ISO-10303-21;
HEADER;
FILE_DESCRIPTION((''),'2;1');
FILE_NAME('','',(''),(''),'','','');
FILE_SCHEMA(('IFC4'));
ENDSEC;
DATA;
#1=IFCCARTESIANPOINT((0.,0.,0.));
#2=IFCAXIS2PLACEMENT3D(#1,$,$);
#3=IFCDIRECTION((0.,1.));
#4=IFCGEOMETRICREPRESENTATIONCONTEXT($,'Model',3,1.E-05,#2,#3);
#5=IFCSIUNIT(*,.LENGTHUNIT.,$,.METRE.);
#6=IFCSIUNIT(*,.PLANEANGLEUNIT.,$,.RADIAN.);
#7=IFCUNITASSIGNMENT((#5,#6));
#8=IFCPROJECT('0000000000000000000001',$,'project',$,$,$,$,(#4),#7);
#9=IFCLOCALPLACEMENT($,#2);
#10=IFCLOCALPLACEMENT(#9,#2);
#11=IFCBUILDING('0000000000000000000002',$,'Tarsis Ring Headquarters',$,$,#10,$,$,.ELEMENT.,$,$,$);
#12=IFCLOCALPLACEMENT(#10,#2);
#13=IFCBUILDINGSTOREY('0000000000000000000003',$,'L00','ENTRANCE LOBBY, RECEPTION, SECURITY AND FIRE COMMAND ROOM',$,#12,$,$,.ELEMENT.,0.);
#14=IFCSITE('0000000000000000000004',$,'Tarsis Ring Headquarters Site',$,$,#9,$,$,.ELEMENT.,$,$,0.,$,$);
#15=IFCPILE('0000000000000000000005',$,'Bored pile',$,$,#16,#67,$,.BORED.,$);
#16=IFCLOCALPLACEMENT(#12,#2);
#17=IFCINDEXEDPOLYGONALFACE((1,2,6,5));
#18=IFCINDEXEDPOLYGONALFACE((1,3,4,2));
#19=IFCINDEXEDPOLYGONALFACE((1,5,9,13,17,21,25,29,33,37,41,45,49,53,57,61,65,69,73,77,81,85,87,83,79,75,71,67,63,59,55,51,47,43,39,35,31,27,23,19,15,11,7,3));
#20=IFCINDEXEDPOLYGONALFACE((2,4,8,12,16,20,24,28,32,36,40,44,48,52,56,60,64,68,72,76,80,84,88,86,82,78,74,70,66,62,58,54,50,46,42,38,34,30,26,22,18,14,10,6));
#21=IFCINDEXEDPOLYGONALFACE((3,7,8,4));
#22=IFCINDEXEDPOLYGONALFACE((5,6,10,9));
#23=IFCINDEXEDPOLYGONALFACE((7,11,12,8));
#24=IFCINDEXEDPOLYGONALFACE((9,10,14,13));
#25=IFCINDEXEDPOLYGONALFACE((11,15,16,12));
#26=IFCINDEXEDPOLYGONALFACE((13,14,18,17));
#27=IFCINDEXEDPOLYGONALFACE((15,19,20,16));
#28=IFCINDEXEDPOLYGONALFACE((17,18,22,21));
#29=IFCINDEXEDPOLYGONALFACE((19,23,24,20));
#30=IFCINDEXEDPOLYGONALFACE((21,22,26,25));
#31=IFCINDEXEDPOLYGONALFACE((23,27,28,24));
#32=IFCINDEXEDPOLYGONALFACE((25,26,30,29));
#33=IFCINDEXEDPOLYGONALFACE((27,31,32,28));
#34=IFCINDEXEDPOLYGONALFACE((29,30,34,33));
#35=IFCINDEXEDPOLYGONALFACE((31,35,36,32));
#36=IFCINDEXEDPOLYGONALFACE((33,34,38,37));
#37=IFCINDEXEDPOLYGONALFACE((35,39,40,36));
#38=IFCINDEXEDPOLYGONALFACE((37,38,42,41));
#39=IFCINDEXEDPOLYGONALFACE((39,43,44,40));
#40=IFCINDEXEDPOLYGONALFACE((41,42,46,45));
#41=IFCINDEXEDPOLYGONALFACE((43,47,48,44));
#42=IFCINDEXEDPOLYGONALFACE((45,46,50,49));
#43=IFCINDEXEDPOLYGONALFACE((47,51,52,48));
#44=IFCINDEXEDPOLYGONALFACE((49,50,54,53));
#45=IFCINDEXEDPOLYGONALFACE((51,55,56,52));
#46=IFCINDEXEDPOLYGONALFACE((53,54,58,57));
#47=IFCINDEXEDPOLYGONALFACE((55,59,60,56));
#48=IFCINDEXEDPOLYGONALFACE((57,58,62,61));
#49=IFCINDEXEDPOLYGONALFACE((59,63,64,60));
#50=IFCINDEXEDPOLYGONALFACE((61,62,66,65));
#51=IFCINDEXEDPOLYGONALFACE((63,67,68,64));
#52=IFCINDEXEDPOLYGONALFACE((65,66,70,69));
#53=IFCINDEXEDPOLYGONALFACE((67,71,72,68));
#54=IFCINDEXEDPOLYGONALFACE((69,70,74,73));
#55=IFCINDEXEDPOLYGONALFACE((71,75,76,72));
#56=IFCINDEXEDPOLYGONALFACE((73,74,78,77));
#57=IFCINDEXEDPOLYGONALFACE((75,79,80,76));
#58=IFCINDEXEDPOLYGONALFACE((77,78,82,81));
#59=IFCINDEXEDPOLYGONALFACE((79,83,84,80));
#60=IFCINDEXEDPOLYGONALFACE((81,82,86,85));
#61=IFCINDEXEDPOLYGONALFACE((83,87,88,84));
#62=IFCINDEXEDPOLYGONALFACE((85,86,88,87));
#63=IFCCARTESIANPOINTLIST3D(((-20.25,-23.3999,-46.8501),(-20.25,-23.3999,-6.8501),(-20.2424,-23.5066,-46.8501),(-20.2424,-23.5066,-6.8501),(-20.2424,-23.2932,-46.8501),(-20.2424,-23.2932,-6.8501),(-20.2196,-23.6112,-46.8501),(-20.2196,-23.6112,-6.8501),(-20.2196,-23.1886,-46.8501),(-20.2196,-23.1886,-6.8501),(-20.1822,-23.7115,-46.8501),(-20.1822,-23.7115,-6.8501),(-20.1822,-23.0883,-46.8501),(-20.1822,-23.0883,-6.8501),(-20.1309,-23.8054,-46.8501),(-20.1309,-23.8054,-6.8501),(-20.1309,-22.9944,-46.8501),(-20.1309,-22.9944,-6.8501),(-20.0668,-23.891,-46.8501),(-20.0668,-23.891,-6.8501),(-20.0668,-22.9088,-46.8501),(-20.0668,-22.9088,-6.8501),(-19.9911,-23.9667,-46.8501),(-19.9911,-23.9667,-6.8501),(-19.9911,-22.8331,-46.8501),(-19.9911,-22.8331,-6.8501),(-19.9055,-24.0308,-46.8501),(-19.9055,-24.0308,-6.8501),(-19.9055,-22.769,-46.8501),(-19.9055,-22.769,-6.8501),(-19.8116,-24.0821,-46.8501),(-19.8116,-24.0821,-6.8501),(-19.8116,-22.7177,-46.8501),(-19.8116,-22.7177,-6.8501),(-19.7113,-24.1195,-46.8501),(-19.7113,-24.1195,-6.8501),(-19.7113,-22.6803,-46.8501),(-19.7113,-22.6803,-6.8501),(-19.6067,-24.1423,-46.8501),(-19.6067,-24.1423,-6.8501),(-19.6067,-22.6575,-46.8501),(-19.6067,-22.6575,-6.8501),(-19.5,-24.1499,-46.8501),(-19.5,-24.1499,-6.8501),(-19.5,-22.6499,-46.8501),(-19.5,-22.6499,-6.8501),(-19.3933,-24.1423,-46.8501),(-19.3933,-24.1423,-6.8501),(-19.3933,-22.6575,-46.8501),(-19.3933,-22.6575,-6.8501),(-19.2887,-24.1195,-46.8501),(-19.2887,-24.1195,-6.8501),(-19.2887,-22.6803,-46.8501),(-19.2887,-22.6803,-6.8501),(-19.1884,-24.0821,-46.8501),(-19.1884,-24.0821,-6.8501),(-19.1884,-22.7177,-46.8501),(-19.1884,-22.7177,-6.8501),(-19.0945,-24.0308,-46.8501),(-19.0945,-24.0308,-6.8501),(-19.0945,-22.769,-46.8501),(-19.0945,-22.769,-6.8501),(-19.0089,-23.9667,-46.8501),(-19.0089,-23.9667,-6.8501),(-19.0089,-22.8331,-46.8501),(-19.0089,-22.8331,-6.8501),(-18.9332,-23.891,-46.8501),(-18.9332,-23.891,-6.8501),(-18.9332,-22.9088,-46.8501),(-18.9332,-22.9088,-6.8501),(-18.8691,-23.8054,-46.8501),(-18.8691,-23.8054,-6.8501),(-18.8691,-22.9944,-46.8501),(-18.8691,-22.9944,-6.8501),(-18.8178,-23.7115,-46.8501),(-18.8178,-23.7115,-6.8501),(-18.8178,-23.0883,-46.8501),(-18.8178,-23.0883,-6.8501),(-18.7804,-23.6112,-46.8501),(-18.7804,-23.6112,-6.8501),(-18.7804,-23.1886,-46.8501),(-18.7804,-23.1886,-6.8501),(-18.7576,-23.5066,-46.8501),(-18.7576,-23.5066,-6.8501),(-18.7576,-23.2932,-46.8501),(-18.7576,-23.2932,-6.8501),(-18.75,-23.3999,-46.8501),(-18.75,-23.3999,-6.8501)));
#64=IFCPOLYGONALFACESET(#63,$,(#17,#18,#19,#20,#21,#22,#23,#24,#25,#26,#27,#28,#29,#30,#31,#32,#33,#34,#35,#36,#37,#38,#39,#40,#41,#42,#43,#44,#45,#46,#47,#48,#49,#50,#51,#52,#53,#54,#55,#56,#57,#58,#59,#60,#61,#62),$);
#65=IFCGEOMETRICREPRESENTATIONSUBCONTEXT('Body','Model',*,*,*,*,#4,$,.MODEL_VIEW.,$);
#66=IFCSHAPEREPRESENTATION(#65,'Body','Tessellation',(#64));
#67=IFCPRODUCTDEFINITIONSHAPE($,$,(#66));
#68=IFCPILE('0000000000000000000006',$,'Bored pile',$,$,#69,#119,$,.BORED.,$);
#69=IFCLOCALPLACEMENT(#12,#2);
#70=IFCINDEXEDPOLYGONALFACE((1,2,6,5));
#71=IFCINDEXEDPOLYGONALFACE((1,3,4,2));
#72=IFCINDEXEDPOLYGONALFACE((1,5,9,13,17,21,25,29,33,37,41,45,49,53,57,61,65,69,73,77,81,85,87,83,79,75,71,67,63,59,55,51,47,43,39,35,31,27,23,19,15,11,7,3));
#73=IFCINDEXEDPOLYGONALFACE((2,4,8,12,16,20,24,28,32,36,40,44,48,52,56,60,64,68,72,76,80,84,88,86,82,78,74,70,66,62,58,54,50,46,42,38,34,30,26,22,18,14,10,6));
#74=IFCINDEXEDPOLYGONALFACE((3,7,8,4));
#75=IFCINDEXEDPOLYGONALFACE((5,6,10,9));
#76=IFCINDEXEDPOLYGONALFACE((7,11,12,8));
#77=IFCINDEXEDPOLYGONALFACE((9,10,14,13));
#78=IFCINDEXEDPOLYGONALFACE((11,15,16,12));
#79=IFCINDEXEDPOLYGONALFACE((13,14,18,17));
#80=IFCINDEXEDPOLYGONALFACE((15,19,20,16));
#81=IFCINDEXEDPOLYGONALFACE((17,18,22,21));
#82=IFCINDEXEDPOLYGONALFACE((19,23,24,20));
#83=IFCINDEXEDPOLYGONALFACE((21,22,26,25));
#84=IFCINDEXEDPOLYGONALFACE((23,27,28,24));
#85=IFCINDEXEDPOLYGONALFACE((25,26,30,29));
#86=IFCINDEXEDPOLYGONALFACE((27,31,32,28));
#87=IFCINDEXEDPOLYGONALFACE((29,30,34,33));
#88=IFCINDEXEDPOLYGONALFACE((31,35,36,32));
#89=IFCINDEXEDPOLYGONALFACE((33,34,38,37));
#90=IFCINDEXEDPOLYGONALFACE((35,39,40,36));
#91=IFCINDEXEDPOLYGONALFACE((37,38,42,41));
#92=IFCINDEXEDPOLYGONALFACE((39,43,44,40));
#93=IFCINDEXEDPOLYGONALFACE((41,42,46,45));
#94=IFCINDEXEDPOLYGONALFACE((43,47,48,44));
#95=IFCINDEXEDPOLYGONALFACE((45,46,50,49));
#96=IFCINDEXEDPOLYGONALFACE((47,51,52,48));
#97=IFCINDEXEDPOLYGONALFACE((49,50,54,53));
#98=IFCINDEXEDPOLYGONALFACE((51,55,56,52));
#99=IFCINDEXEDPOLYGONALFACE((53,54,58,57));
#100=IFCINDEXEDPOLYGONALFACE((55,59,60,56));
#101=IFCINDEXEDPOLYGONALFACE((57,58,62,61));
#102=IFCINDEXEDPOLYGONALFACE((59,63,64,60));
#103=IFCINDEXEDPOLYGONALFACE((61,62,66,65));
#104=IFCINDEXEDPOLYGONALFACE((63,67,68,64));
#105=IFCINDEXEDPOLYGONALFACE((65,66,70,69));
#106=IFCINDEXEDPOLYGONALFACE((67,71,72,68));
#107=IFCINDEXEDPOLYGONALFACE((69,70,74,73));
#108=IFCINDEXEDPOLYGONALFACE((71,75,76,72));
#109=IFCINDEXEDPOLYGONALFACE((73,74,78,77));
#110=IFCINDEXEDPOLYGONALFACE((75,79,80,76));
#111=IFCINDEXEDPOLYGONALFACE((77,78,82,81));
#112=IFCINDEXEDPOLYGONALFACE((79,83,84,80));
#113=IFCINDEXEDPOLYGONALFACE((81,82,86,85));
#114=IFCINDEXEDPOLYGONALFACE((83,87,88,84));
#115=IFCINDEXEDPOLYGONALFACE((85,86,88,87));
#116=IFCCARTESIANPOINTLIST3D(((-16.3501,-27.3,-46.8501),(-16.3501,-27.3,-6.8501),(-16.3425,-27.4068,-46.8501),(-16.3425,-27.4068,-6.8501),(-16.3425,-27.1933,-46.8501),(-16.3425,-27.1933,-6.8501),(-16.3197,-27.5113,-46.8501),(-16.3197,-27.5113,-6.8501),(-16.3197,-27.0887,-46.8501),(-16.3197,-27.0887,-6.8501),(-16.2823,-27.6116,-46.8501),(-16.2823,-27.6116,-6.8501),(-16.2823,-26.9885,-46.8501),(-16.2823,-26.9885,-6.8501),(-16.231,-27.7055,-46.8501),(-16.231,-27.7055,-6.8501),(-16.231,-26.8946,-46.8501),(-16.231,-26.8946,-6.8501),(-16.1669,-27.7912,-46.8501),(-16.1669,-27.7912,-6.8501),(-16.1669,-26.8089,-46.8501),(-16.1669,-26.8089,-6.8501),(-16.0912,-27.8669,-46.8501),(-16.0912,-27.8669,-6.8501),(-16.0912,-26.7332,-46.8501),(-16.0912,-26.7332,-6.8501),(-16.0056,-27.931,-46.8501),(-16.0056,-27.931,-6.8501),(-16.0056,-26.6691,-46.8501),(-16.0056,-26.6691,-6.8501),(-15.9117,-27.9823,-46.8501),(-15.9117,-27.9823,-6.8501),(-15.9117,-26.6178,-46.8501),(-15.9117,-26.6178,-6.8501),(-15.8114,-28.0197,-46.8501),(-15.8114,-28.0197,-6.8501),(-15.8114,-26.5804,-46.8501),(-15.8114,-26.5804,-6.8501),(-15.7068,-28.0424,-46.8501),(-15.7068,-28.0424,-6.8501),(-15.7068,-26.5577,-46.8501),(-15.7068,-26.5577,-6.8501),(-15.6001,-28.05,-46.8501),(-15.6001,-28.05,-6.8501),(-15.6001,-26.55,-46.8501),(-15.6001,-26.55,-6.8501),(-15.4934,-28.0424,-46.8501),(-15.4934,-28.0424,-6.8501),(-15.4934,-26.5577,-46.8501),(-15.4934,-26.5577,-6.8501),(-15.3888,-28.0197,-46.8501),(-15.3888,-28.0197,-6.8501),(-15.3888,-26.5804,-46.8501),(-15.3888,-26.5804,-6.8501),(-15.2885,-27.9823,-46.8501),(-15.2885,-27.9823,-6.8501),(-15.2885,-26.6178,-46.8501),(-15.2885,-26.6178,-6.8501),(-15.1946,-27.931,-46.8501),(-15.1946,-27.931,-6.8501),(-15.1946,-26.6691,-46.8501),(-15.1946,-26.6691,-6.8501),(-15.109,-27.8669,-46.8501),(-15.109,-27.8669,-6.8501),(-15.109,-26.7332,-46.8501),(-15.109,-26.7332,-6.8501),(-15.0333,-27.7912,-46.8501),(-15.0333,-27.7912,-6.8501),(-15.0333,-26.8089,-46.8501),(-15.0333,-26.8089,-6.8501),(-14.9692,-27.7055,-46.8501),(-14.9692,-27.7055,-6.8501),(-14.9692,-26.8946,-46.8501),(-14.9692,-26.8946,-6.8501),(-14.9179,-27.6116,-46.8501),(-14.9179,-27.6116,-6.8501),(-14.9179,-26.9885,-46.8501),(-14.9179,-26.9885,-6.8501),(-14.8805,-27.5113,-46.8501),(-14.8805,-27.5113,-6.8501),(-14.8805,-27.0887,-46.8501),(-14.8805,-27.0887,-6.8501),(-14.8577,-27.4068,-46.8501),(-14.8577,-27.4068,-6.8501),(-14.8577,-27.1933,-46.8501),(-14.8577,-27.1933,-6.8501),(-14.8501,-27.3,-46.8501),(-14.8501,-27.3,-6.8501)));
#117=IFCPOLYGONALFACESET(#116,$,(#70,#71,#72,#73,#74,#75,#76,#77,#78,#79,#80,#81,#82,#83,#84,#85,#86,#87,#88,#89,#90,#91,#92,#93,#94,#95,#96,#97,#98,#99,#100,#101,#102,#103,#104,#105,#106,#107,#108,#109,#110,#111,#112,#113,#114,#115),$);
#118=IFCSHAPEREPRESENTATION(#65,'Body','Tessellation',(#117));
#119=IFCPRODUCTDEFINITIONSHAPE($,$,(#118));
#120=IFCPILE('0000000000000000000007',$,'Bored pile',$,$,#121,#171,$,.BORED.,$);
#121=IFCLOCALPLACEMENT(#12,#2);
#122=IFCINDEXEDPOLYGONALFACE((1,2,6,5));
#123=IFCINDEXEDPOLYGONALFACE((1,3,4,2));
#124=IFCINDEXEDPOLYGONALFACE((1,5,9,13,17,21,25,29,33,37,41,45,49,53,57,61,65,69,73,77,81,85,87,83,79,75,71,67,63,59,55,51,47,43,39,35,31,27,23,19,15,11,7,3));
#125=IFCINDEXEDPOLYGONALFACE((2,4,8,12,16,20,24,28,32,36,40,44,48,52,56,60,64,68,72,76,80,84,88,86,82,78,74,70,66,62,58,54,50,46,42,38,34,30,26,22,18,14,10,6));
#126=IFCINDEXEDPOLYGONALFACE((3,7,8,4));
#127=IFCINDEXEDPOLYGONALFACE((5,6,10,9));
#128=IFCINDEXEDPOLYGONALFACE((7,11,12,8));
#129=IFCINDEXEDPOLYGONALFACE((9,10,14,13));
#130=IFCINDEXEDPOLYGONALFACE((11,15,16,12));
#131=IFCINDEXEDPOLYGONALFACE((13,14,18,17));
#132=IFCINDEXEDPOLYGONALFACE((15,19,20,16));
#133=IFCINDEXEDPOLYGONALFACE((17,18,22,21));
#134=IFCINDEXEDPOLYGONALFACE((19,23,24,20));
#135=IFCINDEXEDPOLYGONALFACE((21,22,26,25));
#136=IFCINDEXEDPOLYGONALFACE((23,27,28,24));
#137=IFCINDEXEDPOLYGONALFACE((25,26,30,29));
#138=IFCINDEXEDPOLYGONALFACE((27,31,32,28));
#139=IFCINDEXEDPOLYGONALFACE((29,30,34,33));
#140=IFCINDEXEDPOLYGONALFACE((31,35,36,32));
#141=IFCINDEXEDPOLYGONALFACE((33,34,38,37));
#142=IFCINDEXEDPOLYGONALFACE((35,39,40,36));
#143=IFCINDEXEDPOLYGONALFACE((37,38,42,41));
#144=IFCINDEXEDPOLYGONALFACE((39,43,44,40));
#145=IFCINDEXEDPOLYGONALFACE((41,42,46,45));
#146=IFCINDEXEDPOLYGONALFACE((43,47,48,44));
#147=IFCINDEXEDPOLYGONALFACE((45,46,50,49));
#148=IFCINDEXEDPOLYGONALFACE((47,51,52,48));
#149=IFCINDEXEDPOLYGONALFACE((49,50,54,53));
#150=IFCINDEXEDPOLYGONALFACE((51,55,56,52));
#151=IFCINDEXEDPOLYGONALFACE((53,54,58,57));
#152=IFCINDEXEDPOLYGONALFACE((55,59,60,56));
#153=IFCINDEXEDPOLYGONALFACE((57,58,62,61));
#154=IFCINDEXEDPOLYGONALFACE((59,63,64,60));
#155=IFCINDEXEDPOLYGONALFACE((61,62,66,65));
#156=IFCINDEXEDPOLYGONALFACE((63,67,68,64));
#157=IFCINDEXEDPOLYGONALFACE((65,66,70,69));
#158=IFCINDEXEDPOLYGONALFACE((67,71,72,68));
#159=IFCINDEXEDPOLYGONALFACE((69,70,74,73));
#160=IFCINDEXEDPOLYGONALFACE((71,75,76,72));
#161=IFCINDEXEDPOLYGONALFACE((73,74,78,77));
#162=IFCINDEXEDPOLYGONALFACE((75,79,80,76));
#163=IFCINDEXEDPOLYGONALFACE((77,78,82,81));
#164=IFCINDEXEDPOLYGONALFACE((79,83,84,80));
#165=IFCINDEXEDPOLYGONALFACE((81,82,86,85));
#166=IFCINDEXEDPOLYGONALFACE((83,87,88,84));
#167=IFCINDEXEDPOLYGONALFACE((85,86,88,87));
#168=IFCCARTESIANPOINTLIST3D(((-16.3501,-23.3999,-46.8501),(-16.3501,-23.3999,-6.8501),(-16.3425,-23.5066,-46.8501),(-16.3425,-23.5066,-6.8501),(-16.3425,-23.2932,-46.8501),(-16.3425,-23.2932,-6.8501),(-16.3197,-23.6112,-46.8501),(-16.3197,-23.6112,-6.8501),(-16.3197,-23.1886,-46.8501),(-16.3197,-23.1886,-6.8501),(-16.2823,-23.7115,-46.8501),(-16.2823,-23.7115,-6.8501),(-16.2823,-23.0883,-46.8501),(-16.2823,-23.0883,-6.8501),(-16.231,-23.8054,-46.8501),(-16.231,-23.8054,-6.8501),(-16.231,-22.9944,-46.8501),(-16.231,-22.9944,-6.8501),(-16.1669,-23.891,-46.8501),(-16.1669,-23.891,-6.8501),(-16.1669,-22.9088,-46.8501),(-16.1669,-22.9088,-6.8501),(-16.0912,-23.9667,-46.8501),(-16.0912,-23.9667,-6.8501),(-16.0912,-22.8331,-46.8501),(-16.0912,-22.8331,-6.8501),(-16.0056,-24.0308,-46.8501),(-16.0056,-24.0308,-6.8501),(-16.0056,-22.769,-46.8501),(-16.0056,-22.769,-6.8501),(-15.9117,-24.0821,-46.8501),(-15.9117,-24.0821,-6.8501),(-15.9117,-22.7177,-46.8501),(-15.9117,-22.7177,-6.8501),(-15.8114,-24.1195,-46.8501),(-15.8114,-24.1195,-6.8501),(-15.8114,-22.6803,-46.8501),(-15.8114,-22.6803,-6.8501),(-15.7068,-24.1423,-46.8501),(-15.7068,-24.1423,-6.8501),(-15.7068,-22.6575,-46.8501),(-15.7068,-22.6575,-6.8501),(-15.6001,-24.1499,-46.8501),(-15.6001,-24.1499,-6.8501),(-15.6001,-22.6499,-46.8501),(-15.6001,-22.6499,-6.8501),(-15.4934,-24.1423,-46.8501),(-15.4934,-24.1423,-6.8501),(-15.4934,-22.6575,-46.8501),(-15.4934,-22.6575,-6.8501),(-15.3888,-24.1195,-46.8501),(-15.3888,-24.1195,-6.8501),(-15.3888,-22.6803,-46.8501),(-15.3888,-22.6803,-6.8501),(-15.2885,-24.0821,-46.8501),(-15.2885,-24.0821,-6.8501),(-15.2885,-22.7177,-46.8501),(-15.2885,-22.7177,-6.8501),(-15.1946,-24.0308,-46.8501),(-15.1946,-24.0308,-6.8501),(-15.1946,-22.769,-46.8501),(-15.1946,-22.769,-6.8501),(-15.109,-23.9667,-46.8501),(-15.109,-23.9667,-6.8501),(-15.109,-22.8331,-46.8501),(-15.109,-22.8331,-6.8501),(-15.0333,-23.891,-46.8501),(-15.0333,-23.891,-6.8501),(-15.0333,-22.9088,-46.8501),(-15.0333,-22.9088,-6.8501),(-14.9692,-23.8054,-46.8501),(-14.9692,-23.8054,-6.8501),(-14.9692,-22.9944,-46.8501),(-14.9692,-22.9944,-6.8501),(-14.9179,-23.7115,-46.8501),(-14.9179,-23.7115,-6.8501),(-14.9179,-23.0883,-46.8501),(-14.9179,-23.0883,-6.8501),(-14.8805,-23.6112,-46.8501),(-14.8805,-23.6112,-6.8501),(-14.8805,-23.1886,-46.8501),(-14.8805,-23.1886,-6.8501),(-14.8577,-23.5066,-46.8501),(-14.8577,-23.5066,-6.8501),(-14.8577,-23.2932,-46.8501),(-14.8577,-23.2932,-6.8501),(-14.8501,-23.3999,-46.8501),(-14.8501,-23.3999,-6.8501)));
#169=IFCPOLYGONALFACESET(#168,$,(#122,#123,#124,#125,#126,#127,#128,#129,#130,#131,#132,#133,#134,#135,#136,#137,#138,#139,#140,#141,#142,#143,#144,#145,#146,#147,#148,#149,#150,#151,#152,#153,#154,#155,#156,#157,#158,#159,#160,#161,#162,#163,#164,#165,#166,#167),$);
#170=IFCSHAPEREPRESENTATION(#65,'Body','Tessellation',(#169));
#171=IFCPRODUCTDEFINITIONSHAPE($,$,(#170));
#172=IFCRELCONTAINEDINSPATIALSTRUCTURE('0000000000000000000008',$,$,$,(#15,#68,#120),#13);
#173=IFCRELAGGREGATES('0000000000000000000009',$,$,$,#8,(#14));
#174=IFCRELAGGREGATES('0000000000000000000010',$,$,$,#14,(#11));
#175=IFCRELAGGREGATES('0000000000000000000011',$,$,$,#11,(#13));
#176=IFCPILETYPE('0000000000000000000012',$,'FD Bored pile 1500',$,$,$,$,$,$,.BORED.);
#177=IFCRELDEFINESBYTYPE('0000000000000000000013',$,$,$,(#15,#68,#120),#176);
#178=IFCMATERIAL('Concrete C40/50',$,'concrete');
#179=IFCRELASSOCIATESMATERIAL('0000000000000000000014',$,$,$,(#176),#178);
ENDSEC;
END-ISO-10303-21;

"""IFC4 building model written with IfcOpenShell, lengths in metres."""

from ifc_helpers import new_model, si_unit, direction, frame, origin, origin_2d, place, context, subcontext, project, spatial, circle, extrude, material, material_profile, profile_set, type_object, element, save


model = new_model("IFC4")

# Units and contexts
model_context = context("Model", 3, precision=1e-05, world=origin(), true_north=direction((0.0, 1.0)))
body_context = subcontext(model_context, "Body", "Model", "MODEL_VIEW")
ifc_project = project(units=[si_unit("LENGTHUNIT", "METRE"), si_unit("PLANEANGLEUNIT", "RADIAN")], contexts=[model_context])

# Site, building, storey
site_placement = place(None, origin())
site = spatial("IfcSite", under=ifc_project, at=site_placement, Name="Tarsis Ring Headquarters Site", CompositionType="ELEMENT", RefElevation=0.0)
building_placement = place(site_placement, origin())
building = spatial("IfcBuilding", under=site, at=building_placement, Name="Tarsis Ring Headquarters", CompositionType="ELEMENT")
storey_placement = place(building_placement, origin())
storey = spatial("IfcBuildingStorey", under=building, at=storey_placement, Name="L00", Description="ENTRANCE LOBBY, RECEPTION, SECURITY AND FIRE COMMAND ROOM", CompositionType="ELEMENT", Elevation=0.0)

# Piles
ifc_material_1 = material(Name="Concrete C40/50", Category="concrete")
ifc_material_profile_1 = material_profile(ifc_material_1, circle(Radius=0.75, at=origin_2d()), Name="BORED 1500")
ifc_profile_set_1 = profile_set([ifc_material_profile_1], Name="Concrete C40/50")
pile_type_1 = type_object("IfcPileType", Name="FD Bored pile 1500", PredefinedType="BORED", material=ifc_profile_set_1)
for number, where, z_axis, x_axis, name in (
    (1, (-19.5, -23.3999, -6.8501), (0.0, 0.0, -1.0), (1.0, 0.0, 0.0), "Bored pile"),
    (2, (-15.6001, -27.3, -6.8501), (0.0, 0.0, -1.0), (1.0, 0.0, 0.0), "Bored pile"),
    (3, (-15.6001, -23.3999, -6.8501), (0.0, 0.0, -1.0), (1.0, 0.0, 0.0), "Bored pile"),
):
    element("IfcPile", number, at=place(storey_placement, frame(where, z_axis=z_axis, x_axis=x_axis)), inside=storey, type_object=pile_type_1, Name=name, PredefinedType="BORED", context=body_context, shape_type="SweptSolid", body=[
        extrude(circle(Radius=0.75, at=origin_2d()), origin(), (0.0, 0.0, 1.0), 40.0),
    ])

save(model, "model.ifc")
